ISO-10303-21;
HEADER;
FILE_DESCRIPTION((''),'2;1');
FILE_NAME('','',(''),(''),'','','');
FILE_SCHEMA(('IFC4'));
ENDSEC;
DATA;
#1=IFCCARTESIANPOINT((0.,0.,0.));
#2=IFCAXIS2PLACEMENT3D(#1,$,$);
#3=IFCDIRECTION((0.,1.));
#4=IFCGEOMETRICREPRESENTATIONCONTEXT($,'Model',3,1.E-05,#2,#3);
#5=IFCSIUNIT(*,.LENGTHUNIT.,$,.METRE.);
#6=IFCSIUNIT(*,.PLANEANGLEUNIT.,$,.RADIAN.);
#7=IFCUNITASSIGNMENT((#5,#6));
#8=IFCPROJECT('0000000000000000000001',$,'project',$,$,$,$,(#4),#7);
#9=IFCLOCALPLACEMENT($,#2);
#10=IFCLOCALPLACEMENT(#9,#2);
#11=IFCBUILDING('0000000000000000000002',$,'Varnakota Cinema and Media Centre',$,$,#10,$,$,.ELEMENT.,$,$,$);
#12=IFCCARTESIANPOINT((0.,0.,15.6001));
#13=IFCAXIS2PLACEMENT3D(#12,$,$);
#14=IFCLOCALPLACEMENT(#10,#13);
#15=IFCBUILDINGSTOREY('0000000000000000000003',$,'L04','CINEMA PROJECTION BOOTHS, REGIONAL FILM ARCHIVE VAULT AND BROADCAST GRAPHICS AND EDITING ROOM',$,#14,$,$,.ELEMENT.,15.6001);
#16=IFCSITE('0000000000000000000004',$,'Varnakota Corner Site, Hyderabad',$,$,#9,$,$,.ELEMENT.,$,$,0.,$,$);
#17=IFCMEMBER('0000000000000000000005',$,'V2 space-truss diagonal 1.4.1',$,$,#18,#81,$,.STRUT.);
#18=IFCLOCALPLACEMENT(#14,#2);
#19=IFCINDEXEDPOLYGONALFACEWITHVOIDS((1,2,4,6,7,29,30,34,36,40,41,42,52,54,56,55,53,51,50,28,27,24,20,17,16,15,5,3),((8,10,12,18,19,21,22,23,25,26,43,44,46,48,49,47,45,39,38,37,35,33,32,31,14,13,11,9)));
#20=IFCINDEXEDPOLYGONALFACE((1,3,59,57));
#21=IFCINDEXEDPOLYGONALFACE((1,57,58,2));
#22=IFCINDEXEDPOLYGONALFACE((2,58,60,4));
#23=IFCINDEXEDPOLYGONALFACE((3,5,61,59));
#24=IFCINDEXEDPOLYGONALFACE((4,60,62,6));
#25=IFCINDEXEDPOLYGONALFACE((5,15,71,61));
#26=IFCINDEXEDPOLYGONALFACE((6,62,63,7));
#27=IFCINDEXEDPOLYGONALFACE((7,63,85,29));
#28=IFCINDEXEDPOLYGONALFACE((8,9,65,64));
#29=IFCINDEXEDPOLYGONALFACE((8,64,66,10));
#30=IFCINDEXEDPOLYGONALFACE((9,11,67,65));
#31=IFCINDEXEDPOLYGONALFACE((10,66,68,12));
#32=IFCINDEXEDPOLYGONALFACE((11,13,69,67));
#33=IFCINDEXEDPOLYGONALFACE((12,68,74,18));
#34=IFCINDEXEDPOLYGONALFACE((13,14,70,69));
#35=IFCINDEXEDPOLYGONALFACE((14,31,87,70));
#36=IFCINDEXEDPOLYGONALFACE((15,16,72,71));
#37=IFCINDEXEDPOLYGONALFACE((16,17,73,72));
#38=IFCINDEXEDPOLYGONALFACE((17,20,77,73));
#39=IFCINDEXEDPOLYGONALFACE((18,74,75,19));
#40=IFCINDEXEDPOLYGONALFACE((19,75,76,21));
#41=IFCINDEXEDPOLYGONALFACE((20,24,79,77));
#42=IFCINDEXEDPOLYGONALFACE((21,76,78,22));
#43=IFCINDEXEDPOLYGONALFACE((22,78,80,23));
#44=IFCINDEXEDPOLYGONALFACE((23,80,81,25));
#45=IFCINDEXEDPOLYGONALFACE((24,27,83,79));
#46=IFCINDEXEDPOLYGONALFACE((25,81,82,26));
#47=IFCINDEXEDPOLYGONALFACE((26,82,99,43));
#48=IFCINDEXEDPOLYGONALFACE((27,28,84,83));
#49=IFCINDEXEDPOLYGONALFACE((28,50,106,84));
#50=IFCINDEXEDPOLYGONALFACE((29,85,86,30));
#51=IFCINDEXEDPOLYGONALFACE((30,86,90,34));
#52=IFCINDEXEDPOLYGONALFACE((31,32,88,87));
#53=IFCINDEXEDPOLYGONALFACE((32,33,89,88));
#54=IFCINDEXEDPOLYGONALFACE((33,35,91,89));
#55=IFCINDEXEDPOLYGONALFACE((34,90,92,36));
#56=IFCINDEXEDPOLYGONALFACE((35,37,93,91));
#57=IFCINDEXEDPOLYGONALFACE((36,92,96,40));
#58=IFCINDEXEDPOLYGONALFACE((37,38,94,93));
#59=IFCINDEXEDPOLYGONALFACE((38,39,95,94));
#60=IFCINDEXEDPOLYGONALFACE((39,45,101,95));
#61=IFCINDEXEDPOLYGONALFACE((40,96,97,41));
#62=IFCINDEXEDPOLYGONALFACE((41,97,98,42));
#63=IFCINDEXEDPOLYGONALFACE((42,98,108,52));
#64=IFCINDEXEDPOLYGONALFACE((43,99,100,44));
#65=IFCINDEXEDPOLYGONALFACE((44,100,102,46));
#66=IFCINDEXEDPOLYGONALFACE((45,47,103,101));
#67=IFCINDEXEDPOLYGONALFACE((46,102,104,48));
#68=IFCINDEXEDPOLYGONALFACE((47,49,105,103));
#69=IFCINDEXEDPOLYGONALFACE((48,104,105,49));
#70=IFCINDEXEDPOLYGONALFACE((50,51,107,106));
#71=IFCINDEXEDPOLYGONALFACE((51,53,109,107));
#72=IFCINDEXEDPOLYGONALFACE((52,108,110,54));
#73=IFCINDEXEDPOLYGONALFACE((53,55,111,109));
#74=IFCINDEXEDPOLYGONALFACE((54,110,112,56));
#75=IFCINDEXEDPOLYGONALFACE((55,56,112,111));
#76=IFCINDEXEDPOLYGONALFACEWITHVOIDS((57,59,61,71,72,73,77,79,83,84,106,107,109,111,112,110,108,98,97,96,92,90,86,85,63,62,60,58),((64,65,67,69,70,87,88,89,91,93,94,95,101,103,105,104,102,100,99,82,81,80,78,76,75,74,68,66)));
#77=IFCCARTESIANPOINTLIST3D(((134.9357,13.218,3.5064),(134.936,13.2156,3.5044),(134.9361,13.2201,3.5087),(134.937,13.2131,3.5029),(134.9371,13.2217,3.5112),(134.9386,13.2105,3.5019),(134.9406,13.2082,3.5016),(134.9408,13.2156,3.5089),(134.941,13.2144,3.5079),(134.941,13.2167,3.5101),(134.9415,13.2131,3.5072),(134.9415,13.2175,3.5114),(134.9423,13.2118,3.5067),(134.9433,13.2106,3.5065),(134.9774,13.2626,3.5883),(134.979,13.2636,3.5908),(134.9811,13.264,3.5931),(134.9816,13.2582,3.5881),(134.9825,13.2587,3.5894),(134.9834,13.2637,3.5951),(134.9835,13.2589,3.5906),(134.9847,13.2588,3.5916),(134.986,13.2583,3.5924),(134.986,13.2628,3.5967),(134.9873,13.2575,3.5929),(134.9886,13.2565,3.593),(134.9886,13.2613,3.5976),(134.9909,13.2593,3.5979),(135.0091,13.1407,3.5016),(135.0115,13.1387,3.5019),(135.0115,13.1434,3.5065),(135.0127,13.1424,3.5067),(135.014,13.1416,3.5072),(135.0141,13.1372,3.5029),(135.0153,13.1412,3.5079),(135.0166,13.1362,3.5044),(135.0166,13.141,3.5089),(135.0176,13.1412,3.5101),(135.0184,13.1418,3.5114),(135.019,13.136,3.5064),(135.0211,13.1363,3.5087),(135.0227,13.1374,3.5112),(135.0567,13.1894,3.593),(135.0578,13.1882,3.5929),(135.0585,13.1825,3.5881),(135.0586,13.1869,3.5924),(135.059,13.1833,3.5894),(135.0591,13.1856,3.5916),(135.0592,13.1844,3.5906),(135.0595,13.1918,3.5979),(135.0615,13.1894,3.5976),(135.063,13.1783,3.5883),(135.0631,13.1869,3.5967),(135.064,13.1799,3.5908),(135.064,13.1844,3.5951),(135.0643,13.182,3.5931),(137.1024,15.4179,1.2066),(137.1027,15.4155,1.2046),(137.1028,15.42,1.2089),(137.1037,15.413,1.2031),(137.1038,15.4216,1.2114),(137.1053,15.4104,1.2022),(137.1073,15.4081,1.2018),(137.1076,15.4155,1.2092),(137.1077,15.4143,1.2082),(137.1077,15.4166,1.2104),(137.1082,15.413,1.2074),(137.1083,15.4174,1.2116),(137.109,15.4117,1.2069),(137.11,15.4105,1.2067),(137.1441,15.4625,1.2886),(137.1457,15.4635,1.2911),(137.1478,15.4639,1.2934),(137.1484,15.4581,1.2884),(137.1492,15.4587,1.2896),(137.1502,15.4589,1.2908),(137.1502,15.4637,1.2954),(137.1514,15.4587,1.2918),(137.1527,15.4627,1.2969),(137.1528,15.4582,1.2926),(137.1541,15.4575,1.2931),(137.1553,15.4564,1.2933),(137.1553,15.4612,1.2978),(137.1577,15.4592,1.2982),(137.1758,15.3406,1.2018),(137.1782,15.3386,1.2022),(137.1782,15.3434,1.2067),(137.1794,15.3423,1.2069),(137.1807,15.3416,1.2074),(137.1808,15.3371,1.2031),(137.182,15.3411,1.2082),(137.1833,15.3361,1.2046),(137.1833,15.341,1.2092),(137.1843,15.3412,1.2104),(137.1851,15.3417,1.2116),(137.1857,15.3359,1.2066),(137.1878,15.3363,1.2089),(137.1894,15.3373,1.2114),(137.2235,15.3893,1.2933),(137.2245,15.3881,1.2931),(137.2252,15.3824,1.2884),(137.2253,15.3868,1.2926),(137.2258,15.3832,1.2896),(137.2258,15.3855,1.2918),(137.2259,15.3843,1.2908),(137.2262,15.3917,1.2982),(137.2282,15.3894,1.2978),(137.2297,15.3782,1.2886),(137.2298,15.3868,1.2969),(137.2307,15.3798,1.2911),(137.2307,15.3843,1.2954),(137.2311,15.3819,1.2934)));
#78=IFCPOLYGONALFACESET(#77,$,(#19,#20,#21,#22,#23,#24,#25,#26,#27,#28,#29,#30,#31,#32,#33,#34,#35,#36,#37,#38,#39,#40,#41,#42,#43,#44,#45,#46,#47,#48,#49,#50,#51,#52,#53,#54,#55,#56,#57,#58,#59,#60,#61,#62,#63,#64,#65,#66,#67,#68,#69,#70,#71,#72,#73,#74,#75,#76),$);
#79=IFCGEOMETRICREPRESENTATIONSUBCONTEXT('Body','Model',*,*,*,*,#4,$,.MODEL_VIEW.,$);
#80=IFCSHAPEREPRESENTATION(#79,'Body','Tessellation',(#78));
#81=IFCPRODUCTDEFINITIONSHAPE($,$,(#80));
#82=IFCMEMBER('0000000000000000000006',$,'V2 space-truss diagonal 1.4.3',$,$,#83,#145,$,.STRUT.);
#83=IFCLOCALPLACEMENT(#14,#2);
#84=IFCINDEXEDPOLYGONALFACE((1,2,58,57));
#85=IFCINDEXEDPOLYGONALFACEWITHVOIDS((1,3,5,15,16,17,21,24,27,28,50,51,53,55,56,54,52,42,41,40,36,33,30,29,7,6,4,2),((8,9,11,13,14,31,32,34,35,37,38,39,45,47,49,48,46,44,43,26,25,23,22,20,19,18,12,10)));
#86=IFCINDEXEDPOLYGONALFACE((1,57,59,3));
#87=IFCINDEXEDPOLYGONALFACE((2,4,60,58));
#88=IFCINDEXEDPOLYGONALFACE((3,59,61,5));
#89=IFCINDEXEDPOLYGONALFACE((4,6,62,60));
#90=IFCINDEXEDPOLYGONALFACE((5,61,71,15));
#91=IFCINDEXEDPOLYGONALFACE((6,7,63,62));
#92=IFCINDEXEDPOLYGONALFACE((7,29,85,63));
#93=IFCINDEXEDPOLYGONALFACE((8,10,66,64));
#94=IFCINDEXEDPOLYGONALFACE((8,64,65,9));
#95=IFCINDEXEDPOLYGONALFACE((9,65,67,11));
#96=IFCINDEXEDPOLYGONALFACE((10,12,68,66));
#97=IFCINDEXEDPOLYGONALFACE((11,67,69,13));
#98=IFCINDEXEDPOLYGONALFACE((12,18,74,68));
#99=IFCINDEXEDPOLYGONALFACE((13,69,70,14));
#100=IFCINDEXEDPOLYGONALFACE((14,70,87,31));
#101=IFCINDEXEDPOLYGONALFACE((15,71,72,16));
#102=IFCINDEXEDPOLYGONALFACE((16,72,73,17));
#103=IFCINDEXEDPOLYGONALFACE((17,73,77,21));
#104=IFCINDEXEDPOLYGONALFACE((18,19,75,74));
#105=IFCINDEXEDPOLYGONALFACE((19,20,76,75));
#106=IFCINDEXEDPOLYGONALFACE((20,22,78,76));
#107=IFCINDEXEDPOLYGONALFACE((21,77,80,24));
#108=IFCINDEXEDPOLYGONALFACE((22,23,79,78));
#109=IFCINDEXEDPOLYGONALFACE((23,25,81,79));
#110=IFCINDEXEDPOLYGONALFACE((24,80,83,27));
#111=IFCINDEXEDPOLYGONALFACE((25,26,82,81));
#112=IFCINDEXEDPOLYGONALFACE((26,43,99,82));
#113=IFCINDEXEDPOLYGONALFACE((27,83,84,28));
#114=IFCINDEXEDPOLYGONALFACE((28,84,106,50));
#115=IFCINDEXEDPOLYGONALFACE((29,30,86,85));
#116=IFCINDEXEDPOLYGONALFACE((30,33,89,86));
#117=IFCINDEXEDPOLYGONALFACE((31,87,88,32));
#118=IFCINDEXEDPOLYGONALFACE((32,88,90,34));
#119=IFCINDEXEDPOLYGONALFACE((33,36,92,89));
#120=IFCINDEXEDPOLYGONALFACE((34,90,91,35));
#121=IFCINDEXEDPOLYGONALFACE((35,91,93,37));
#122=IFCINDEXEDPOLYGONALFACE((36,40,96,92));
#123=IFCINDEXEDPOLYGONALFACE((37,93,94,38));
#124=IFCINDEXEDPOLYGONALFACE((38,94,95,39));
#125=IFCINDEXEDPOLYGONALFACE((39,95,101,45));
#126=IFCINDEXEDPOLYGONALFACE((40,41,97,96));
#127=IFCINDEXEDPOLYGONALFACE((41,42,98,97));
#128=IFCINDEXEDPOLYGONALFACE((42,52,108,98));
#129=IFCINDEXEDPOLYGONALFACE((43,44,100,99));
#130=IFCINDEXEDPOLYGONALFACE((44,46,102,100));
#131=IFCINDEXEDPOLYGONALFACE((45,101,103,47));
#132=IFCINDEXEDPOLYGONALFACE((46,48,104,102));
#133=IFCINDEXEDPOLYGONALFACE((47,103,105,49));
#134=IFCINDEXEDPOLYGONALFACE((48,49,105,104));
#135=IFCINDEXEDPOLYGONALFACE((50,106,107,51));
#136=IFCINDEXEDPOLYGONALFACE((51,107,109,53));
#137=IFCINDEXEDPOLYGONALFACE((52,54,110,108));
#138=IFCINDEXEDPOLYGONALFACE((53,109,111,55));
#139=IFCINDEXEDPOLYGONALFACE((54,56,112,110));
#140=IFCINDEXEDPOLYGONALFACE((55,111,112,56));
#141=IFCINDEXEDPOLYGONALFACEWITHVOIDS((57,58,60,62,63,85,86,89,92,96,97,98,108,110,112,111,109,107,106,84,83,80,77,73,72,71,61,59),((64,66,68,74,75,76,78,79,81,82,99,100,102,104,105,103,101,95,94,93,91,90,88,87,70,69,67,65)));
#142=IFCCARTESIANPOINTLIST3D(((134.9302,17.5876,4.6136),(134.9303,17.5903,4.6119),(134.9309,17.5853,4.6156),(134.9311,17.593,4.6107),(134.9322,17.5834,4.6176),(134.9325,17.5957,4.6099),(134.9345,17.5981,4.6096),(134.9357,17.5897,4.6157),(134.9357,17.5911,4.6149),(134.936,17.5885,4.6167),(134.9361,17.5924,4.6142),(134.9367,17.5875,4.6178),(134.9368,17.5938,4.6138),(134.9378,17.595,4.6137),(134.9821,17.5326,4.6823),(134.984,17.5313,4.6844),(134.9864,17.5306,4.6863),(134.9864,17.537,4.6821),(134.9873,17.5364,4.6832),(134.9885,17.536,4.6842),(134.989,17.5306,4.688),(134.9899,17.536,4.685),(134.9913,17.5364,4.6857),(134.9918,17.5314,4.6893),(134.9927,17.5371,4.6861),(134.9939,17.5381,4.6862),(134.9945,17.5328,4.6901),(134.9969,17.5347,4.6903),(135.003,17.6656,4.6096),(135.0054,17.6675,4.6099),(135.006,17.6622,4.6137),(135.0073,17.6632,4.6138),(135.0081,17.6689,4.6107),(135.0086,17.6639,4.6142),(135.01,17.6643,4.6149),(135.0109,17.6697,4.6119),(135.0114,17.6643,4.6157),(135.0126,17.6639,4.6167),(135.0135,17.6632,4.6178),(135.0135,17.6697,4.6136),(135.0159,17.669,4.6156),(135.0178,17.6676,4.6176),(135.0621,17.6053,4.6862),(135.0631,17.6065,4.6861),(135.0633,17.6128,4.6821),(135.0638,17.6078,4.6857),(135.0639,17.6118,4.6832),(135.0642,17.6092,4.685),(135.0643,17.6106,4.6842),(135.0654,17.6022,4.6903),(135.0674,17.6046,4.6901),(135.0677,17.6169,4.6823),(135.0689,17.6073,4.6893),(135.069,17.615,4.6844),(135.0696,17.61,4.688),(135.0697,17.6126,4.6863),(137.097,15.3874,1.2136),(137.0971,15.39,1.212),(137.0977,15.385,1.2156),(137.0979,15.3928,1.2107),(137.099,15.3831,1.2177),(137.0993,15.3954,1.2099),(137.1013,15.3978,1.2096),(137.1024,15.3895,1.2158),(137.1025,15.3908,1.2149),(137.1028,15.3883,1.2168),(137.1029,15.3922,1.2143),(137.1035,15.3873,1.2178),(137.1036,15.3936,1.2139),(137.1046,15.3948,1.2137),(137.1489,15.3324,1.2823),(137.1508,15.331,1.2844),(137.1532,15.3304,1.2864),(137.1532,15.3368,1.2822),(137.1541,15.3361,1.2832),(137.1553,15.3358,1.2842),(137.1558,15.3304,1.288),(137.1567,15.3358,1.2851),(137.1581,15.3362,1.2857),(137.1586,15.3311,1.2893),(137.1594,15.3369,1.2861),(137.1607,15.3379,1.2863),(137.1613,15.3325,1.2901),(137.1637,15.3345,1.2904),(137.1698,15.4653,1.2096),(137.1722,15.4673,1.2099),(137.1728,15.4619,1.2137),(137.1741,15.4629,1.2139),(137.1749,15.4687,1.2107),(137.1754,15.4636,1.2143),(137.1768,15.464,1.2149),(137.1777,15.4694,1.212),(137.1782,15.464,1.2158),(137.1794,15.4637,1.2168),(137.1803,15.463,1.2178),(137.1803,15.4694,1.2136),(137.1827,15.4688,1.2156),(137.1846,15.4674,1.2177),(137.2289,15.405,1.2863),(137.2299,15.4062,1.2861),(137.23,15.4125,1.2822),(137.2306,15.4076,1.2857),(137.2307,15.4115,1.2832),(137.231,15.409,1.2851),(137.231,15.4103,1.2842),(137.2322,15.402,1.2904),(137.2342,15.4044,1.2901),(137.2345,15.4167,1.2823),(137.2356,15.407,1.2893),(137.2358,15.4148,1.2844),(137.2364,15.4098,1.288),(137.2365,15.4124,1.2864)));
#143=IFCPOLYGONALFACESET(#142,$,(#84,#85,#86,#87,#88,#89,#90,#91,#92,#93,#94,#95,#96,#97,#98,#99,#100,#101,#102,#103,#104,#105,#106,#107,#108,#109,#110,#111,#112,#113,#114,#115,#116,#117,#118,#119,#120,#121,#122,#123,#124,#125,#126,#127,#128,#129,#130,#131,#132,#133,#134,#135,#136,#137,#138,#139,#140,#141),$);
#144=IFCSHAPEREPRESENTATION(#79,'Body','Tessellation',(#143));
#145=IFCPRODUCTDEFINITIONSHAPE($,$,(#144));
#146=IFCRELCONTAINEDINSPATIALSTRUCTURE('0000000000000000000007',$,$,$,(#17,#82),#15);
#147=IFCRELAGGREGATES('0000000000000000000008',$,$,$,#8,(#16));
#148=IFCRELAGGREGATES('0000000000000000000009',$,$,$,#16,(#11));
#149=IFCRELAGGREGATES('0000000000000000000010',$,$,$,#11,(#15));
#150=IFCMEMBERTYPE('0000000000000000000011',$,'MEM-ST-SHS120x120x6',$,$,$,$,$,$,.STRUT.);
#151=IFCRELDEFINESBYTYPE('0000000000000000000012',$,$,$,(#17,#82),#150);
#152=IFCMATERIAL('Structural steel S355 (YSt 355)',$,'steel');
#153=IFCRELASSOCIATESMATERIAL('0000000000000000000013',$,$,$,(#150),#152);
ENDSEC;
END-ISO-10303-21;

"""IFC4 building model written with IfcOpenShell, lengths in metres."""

from ifc_helpers import new_model, si_unit, direction, frame, origin, origin_2d, place, context, subcontext, project, spatial, hollow_rectangle, extrude, material, material_profile, profile_set, type_object, element, save


model = new_model("IFC4")

# Units and contexts
model_context = context("Model", 3, precision=1e-05, world=origin(), true_north=direction((0.0, 1.0)))
body_context = subcontext(model_context, "Body", "Model", "MODEL_VIEW")
ifc_project = project(units=[si_unit("LENGTHUNIT", "METRE"), si_unit("PLANEANGLEUNIT", "RADIAN")], contexts=[model_context])

# Site, building, storey
site_placement = place(None, origin())
site = spatial("IfcSite", under=ifc_project, at=site_placement, Name="Varnakota Corner Site, Hyderabad", CompositionType="ELEMENT", RefElevation=0.0)
building_placement = place(site_placement, origin())
building = spatial("IfcBuilding", under=site, at=building_placement, Name="Varnakota Cinema and Media Centre", CompositionType="ELEMENT")
storey_placement = place(building_placement, frame((0.0, 0.0, 15.6001)))
storey = spatial("IfcBuildingStorey", under=building, at=storey_placement, Name="L04", Description="CINEMA PROJECTION BOOTHS, REGIONAL FILM ARCHIVE VAULT AND BROADCAST GRAPHICS AND EDITING ROOM", CompositionType="ELEMENT", Elevation=15.6001)

# Members
ifc_material_1 = material(Name="Structural steel S355 (YSt 355)", Category="steel")
ifc_material_profile_1 = material_profile(ifc_material_1, hollow_rectangle(XDim=0.1201, YDim=0.1201, WallThickness=0.0061, InnerFilletRadius=0.0061, OuterFilletRadius=0.012, at=origin_2d()), Name="SHS 120x120x6")
ifc_profile_set_1 = profile_set([ifc_material_profile_1], Name="Structural steel S355 (YSt 355)")
member_type_1 = type_object("IfcMemberType", Name="MEM-ST-SHS120x120x6", PredefinedType="STRUT", material=ifc_profile_set_1)
member_1_placement = place(storey_placement, frame((137.1667, 15.3999, 1.25), z_axis=(-0.562769, -0.571393, 0.597328), x_axis=(0.712463, -0.70171, 0.0)))
element("IfcMember", 1, at=member_1_placement, inside=storey, type_object=member_type_1, Name="V2 space-truss diagonal 1.4.1", PredefinedType="STRUT", context=body_context, shape_type="SweptSolid", body=[
    extrude(hollow_rectangle(XDim=0.1201, YDim=0.1201, WallThickness=0.0061, InnerFilletRadius=0.0061, OuterFilletRadius=0.012, at=origin_2d()), origin(), (0.0, 0.0, 1.0), 3.8501),
])
member_2_placement = place(storey_placement, frame((137.1667, 15.3999, 1.25), z_axis=(-0.471757, 0.47904, 0.740247), x_axis=(-0.712502, -0.70167, 0.0)))
element("IfcMember", 2, at=member_2_placement, inside=storey, type_object=member_type_1, Name="V2 space-truss diagonal 1.4.3", PredefinedType="STRUT", context=body_context, shape_type="SweptSolid", body=[
    extrude(hollow_rectangle(XDim=0.1201, YDim=0.1201, WallThickness=0.0061, InnerFilletRadius=0.0061, OuterFilletRadius=0.012, at=origin_2d()), origin(), (0.0, 0.0, 1.0), 4.593),
])

save(model, "model.ifc")
